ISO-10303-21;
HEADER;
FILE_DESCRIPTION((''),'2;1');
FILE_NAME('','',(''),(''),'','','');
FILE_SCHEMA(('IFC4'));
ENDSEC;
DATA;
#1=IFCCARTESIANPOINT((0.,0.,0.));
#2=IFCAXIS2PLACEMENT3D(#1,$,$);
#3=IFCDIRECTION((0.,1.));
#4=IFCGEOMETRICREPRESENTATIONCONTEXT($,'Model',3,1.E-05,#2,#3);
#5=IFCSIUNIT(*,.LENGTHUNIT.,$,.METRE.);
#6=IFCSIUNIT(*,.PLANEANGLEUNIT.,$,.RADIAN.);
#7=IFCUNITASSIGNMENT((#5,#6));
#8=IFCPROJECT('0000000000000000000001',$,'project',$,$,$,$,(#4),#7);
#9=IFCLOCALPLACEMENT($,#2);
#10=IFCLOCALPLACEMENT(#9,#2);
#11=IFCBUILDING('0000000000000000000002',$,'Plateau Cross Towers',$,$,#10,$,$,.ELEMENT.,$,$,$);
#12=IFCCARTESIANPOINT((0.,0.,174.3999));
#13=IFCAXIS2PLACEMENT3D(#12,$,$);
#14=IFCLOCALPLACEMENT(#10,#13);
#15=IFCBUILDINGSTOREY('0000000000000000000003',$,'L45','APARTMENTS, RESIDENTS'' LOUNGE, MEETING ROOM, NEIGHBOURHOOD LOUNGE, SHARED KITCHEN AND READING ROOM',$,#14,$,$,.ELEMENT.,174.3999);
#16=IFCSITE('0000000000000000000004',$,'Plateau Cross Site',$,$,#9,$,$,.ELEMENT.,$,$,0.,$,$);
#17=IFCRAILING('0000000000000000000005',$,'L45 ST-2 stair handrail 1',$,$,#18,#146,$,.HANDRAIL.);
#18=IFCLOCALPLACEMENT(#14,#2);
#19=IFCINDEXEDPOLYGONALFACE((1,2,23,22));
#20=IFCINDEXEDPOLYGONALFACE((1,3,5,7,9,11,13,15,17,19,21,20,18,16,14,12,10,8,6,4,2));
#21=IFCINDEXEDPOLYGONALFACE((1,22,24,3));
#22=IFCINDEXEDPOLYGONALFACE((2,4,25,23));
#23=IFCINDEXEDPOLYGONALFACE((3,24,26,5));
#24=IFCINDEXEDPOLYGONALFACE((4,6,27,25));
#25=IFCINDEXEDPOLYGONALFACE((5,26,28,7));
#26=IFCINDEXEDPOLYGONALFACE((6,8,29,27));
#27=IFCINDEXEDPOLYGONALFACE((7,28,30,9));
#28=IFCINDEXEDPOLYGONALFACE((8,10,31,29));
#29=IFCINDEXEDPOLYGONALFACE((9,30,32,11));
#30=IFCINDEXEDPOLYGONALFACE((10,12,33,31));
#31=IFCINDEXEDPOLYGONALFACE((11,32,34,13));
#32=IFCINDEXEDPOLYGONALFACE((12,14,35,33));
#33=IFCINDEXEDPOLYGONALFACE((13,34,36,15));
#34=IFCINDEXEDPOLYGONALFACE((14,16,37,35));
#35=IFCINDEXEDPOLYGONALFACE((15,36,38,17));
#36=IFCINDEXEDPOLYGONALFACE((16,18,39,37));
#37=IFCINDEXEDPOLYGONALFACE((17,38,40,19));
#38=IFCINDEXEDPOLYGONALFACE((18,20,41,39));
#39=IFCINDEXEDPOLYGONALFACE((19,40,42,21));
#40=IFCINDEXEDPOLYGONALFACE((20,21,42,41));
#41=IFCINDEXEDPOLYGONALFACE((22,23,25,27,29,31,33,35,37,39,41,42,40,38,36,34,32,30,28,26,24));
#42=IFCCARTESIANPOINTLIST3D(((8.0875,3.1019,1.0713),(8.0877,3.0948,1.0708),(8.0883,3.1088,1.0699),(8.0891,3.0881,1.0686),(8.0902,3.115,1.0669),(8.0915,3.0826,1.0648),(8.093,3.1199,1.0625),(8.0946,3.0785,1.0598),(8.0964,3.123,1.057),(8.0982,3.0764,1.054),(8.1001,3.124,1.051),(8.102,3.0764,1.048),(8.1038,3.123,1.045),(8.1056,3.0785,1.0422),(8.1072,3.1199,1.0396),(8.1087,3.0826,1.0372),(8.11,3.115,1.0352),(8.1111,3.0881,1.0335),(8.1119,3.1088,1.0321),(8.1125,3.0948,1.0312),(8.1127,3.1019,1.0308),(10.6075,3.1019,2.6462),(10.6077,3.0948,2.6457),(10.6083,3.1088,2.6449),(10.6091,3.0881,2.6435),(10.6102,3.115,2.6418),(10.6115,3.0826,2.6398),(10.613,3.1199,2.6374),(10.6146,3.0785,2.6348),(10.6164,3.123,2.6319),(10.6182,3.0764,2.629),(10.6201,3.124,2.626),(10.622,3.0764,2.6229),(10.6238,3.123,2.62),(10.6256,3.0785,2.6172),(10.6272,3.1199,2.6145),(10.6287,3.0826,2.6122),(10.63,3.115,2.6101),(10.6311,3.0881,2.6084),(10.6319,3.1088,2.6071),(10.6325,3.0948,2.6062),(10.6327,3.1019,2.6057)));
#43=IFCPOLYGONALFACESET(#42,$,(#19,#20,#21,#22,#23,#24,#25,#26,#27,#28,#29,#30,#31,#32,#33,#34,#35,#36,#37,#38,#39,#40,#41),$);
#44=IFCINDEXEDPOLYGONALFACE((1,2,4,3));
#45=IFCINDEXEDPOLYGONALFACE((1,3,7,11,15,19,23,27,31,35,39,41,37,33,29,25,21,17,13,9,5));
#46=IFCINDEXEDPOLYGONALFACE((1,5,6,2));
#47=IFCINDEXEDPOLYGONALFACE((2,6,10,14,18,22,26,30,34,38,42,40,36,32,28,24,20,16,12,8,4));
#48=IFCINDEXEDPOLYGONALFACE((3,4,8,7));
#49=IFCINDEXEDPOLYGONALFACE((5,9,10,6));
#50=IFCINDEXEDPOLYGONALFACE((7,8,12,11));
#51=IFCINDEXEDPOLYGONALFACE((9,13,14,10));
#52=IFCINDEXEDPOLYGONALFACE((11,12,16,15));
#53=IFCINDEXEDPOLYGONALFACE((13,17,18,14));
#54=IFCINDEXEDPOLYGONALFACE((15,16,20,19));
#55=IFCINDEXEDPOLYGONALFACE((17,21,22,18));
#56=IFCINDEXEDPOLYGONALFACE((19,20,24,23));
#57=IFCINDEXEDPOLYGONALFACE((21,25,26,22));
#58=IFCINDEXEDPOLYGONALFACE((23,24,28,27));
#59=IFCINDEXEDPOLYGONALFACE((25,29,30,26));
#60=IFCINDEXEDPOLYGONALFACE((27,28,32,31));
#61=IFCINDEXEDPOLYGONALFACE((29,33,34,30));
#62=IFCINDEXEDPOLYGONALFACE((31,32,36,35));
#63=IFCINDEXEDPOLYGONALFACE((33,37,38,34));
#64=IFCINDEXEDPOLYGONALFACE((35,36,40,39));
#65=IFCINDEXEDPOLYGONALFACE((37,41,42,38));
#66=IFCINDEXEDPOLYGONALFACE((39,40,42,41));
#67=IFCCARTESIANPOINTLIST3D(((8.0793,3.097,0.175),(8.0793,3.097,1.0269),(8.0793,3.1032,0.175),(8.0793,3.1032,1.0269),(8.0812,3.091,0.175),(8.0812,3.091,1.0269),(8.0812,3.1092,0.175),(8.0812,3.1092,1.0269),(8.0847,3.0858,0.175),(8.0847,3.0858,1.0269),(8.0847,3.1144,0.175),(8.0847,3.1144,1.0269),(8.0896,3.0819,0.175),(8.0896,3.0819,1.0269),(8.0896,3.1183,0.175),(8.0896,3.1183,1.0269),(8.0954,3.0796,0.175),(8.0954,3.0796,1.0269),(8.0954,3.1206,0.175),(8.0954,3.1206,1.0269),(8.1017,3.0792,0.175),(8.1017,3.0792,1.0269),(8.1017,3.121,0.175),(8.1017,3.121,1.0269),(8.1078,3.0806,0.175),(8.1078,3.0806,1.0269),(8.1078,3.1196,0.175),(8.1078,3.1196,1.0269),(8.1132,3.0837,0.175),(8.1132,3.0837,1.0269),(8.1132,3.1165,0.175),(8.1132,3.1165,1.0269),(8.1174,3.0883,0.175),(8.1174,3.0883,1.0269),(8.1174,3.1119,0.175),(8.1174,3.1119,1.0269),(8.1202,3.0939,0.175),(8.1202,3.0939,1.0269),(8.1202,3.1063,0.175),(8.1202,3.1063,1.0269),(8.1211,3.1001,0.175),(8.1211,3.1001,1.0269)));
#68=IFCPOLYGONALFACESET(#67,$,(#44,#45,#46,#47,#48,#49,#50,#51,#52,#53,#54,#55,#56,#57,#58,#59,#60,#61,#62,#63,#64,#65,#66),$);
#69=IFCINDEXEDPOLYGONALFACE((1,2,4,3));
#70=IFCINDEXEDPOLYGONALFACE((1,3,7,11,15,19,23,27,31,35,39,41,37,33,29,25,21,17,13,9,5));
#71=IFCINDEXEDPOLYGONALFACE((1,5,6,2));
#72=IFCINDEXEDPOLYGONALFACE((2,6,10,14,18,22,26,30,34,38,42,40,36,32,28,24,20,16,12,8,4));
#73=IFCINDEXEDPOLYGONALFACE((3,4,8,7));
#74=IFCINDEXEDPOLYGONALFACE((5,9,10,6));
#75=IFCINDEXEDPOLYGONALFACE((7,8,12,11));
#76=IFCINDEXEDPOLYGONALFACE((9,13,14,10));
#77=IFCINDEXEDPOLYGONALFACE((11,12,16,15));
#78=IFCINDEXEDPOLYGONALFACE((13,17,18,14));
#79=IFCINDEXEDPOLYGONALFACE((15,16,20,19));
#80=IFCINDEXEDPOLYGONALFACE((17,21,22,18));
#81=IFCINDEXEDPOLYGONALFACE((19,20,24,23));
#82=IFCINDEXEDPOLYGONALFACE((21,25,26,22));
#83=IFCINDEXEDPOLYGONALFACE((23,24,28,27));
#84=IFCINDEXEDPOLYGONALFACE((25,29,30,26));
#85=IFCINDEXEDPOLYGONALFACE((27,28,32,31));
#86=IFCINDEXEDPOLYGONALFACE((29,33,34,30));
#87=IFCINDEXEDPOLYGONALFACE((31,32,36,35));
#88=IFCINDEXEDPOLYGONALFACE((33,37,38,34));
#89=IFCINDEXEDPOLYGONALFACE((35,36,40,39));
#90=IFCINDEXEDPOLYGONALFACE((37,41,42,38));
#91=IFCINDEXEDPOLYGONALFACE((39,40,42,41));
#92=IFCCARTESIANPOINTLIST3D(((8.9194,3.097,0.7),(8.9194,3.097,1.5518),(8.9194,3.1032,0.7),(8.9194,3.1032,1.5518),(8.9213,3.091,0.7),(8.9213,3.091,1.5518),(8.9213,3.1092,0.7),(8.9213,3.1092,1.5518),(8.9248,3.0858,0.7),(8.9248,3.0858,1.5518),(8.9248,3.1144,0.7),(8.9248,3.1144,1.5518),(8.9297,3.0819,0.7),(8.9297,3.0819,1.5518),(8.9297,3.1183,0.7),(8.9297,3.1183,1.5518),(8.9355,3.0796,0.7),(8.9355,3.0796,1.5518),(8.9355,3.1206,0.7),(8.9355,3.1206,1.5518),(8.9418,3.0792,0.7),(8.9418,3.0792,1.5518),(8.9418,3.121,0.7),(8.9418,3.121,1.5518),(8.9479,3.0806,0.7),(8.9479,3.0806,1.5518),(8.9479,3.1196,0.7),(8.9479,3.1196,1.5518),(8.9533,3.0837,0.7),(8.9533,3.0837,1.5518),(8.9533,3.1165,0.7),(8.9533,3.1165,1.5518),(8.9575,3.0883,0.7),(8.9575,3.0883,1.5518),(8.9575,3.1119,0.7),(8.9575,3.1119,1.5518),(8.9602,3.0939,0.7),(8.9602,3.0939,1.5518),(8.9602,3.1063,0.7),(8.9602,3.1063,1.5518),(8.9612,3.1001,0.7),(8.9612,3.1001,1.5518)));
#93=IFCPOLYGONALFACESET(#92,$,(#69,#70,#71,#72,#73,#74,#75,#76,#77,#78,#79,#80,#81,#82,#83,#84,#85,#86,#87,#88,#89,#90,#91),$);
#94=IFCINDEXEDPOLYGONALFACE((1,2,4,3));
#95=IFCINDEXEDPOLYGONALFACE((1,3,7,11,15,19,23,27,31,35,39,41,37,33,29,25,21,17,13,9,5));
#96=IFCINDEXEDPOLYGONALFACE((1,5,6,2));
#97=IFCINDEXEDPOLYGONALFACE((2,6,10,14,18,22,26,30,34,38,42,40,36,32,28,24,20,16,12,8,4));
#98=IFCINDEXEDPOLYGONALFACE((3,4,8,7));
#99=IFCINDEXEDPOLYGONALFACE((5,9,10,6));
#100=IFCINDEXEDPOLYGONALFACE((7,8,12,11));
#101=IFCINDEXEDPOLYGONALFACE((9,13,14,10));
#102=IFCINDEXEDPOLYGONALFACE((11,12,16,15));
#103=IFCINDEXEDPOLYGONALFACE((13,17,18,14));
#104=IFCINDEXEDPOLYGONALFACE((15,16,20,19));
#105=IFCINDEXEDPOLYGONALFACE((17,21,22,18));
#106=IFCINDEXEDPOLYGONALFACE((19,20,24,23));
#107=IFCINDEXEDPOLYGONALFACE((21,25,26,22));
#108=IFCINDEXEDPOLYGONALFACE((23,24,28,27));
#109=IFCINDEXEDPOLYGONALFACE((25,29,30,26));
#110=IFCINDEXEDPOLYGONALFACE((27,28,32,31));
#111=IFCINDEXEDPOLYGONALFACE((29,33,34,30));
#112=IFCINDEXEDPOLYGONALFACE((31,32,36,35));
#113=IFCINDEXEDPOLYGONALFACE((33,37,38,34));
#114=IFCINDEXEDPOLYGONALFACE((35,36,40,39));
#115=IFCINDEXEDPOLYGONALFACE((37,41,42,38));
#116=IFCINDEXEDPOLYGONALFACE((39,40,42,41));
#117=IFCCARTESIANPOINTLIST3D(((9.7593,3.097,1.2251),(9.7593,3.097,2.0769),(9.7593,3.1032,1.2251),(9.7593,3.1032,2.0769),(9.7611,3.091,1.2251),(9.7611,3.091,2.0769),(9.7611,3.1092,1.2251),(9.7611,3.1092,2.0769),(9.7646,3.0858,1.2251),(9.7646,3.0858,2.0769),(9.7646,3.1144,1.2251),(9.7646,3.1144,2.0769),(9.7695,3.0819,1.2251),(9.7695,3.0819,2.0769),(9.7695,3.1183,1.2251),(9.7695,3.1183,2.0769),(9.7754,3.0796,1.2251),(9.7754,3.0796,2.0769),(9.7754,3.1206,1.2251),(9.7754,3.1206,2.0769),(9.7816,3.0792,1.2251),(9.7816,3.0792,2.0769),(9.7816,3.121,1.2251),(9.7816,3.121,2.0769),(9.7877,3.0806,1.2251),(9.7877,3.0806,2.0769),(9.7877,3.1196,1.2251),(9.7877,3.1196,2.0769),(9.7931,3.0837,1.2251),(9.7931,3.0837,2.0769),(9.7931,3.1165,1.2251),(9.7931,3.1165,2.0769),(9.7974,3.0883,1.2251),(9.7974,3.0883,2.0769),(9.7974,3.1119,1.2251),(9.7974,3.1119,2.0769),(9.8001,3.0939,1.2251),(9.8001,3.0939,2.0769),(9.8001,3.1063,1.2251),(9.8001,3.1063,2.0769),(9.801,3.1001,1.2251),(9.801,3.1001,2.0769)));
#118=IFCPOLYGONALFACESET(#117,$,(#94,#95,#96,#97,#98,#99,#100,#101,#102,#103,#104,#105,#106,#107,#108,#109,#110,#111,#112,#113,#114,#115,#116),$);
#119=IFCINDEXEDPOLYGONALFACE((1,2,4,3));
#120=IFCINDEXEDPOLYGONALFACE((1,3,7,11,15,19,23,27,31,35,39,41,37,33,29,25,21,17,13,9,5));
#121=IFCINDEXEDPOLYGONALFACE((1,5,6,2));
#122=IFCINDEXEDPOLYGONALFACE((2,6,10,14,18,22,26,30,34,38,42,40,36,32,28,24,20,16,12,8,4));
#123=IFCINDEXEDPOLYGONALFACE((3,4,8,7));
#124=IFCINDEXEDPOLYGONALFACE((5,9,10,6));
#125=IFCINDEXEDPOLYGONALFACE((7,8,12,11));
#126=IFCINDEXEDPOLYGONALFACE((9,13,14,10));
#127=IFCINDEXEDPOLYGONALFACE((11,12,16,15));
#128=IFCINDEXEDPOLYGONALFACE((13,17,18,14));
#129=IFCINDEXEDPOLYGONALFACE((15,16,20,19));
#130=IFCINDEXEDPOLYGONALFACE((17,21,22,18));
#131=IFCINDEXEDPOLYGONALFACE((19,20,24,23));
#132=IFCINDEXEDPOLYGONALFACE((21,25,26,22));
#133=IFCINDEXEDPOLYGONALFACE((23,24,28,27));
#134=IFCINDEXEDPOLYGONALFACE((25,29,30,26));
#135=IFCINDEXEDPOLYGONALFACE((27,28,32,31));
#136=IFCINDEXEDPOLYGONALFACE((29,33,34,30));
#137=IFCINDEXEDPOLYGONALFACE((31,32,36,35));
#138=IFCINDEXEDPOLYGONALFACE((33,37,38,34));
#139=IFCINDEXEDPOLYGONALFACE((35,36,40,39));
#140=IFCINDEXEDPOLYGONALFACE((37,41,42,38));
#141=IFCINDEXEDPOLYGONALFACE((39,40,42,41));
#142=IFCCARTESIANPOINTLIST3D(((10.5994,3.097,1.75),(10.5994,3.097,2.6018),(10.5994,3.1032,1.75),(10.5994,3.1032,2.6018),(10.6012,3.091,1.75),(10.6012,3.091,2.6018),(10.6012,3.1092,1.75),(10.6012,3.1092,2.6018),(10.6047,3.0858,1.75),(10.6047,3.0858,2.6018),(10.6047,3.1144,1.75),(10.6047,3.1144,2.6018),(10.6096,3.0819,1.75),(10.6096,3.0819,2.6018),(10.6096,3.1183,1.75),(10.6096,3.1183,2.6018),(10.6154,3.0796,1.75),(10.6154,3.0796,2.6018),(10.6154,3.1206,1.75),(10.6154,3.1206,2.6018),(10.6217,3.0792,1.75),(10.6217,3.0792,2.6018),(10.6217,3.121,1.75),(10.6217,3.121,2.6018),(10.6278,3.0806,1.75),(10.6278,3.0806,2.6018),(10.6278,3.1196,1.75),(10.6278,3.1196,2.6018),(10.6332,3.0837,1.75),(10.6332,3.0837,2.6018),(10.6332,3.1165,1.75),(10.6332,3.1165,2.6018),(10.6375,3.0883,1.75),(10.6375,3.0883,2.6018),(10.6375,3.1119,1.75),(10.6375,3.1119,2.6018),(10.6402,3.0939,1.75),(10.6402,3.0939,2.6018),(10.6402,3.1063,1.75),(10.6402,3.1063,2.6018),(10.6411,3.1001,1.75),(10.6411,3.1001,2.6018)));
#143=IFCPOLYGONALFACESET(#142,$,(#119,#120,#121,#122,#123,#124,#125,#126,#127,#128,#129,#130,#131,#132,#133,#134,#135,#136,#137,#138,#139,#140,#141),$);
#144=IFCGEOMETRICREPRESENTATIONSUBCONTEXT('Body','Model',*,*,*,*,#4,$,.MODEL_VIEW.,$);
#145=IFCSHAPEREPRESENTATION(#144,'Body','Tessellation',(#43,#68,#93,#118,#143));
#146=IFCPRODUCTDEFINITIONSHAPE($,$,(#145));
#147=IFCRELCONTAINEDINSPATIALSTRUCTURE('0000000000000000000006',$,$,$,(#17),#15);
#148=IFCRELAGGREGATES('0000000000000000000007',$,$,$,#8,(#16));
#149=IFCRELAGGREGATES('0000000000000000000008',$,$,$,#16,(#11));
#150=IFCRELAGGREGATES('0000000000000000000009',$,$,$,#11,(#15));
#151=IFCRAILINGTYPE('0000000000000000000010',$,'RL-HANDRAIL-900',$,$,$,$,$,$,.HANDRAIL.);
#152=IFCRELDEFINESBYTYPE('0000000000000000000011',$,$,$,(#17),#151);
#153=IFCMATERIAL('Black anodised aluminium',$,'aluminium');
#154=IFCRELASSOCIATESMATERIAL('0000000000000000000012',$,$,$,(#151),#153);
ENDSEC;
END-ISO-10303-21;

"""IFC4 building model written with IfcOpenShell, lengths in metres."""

from ifc_helpers import new_model, si_unit, direction, frame, origin, origin_2d, place, context, subcontext, project, spatial, circle, extrude, material, type_object, element, save


model = new_model("IFC4")

# Units and contexts
model_context = context("Model", 3, precision=1e-05, world=origin(), true_north=direction((0.0, 1.0)))
body_context = subcontext(model_context, "Body", "Model", "MODEL_VIEW")
ifc_project = project(units=[si_unit("LENGTHUNIT", "METRE"), si_unit("PLANEANGLEUNIT", "RADIAN")], contexts=[model_context])

# Site, building, storey
site_placement = place(None, origin())
site = spatial("IfcSite", under=ifc_project, at=site_placement, Name="Plateau Cross Site", CompositionType="ELEMENT", RefElevation=0.0)
building_placement = place(site_placement, origin())
building = spatial("IfcBuilding", under=site, at=building_placement, Name="Plateau Cross Towers", CompositionType="ELEMENT")
storey_placement = place(building_placement, frame((0.0, 0.0, 174.3999)))
storey = spatial("IfcBuildingStorey", under=building, at=storey_placement, Name="L45", Description="APARTMENTS, RESIDENTS' LOUNGE, MEETING ROOM, NEIGHBOURHOOD LOUNGE, SHARED KITCHEN AND READING ROOM", CompositionType="ELEMENT", Elevation=174.3999)

# Shared definitions
ifc_material_1 = material(Name="Black anodised aluminium", Category="aluminium")

# Railing
railing_type_1 = type_object("IfcRailingType", Name="RL-HANDRAIL-900", PredefinedType="HANDRAIL", material=ifc_material_1)
railing_1_placement = place(storey_placement, frame((8.1001, 3.1001, 0.175)))
element("IfcRailing", 1, at=railing_1_placement, inside=storey, type_object=railing_type_1, Name="L45 ST-2 stair handrail 1", PredefinedType="HANDRAIL", context=body_context, shape_type="SweptSolid", body=[
    extrude(circle(Radius=0.0239, at=origin_2d()), frame((0.0, 0.0, 0.876), z_axis=(0.848008, 0.0, 0.529984), x_axis=(0.0, 1.0, 0.0)), (0.0, 0.0, 1.0), 2.9717),
    extrude(circle(Radius=0.021, at=origin_2d()), origin(), (0.0, 0.0, 1.0), 0.8518),
    extrude(circle(Radius=0.021, at=origin_2d()), frame((0.8401, 0.0, 0.5249)), (0.0, 0.0, 1.0), 0.8518),
    extrude(circle(Radius=0.021, at=origin_2d()), frame((1.6799, 0.0, 1.05)), (0.0, 0.0, 1.0), 0.8518),
    extrude(circle(Radius=0.021, at=origin_2d()), frame((2.52, 0.0, 1.575)), (0.0, 0.0, 1.0), 0.8518),
])

save(model, "model.ifc")
